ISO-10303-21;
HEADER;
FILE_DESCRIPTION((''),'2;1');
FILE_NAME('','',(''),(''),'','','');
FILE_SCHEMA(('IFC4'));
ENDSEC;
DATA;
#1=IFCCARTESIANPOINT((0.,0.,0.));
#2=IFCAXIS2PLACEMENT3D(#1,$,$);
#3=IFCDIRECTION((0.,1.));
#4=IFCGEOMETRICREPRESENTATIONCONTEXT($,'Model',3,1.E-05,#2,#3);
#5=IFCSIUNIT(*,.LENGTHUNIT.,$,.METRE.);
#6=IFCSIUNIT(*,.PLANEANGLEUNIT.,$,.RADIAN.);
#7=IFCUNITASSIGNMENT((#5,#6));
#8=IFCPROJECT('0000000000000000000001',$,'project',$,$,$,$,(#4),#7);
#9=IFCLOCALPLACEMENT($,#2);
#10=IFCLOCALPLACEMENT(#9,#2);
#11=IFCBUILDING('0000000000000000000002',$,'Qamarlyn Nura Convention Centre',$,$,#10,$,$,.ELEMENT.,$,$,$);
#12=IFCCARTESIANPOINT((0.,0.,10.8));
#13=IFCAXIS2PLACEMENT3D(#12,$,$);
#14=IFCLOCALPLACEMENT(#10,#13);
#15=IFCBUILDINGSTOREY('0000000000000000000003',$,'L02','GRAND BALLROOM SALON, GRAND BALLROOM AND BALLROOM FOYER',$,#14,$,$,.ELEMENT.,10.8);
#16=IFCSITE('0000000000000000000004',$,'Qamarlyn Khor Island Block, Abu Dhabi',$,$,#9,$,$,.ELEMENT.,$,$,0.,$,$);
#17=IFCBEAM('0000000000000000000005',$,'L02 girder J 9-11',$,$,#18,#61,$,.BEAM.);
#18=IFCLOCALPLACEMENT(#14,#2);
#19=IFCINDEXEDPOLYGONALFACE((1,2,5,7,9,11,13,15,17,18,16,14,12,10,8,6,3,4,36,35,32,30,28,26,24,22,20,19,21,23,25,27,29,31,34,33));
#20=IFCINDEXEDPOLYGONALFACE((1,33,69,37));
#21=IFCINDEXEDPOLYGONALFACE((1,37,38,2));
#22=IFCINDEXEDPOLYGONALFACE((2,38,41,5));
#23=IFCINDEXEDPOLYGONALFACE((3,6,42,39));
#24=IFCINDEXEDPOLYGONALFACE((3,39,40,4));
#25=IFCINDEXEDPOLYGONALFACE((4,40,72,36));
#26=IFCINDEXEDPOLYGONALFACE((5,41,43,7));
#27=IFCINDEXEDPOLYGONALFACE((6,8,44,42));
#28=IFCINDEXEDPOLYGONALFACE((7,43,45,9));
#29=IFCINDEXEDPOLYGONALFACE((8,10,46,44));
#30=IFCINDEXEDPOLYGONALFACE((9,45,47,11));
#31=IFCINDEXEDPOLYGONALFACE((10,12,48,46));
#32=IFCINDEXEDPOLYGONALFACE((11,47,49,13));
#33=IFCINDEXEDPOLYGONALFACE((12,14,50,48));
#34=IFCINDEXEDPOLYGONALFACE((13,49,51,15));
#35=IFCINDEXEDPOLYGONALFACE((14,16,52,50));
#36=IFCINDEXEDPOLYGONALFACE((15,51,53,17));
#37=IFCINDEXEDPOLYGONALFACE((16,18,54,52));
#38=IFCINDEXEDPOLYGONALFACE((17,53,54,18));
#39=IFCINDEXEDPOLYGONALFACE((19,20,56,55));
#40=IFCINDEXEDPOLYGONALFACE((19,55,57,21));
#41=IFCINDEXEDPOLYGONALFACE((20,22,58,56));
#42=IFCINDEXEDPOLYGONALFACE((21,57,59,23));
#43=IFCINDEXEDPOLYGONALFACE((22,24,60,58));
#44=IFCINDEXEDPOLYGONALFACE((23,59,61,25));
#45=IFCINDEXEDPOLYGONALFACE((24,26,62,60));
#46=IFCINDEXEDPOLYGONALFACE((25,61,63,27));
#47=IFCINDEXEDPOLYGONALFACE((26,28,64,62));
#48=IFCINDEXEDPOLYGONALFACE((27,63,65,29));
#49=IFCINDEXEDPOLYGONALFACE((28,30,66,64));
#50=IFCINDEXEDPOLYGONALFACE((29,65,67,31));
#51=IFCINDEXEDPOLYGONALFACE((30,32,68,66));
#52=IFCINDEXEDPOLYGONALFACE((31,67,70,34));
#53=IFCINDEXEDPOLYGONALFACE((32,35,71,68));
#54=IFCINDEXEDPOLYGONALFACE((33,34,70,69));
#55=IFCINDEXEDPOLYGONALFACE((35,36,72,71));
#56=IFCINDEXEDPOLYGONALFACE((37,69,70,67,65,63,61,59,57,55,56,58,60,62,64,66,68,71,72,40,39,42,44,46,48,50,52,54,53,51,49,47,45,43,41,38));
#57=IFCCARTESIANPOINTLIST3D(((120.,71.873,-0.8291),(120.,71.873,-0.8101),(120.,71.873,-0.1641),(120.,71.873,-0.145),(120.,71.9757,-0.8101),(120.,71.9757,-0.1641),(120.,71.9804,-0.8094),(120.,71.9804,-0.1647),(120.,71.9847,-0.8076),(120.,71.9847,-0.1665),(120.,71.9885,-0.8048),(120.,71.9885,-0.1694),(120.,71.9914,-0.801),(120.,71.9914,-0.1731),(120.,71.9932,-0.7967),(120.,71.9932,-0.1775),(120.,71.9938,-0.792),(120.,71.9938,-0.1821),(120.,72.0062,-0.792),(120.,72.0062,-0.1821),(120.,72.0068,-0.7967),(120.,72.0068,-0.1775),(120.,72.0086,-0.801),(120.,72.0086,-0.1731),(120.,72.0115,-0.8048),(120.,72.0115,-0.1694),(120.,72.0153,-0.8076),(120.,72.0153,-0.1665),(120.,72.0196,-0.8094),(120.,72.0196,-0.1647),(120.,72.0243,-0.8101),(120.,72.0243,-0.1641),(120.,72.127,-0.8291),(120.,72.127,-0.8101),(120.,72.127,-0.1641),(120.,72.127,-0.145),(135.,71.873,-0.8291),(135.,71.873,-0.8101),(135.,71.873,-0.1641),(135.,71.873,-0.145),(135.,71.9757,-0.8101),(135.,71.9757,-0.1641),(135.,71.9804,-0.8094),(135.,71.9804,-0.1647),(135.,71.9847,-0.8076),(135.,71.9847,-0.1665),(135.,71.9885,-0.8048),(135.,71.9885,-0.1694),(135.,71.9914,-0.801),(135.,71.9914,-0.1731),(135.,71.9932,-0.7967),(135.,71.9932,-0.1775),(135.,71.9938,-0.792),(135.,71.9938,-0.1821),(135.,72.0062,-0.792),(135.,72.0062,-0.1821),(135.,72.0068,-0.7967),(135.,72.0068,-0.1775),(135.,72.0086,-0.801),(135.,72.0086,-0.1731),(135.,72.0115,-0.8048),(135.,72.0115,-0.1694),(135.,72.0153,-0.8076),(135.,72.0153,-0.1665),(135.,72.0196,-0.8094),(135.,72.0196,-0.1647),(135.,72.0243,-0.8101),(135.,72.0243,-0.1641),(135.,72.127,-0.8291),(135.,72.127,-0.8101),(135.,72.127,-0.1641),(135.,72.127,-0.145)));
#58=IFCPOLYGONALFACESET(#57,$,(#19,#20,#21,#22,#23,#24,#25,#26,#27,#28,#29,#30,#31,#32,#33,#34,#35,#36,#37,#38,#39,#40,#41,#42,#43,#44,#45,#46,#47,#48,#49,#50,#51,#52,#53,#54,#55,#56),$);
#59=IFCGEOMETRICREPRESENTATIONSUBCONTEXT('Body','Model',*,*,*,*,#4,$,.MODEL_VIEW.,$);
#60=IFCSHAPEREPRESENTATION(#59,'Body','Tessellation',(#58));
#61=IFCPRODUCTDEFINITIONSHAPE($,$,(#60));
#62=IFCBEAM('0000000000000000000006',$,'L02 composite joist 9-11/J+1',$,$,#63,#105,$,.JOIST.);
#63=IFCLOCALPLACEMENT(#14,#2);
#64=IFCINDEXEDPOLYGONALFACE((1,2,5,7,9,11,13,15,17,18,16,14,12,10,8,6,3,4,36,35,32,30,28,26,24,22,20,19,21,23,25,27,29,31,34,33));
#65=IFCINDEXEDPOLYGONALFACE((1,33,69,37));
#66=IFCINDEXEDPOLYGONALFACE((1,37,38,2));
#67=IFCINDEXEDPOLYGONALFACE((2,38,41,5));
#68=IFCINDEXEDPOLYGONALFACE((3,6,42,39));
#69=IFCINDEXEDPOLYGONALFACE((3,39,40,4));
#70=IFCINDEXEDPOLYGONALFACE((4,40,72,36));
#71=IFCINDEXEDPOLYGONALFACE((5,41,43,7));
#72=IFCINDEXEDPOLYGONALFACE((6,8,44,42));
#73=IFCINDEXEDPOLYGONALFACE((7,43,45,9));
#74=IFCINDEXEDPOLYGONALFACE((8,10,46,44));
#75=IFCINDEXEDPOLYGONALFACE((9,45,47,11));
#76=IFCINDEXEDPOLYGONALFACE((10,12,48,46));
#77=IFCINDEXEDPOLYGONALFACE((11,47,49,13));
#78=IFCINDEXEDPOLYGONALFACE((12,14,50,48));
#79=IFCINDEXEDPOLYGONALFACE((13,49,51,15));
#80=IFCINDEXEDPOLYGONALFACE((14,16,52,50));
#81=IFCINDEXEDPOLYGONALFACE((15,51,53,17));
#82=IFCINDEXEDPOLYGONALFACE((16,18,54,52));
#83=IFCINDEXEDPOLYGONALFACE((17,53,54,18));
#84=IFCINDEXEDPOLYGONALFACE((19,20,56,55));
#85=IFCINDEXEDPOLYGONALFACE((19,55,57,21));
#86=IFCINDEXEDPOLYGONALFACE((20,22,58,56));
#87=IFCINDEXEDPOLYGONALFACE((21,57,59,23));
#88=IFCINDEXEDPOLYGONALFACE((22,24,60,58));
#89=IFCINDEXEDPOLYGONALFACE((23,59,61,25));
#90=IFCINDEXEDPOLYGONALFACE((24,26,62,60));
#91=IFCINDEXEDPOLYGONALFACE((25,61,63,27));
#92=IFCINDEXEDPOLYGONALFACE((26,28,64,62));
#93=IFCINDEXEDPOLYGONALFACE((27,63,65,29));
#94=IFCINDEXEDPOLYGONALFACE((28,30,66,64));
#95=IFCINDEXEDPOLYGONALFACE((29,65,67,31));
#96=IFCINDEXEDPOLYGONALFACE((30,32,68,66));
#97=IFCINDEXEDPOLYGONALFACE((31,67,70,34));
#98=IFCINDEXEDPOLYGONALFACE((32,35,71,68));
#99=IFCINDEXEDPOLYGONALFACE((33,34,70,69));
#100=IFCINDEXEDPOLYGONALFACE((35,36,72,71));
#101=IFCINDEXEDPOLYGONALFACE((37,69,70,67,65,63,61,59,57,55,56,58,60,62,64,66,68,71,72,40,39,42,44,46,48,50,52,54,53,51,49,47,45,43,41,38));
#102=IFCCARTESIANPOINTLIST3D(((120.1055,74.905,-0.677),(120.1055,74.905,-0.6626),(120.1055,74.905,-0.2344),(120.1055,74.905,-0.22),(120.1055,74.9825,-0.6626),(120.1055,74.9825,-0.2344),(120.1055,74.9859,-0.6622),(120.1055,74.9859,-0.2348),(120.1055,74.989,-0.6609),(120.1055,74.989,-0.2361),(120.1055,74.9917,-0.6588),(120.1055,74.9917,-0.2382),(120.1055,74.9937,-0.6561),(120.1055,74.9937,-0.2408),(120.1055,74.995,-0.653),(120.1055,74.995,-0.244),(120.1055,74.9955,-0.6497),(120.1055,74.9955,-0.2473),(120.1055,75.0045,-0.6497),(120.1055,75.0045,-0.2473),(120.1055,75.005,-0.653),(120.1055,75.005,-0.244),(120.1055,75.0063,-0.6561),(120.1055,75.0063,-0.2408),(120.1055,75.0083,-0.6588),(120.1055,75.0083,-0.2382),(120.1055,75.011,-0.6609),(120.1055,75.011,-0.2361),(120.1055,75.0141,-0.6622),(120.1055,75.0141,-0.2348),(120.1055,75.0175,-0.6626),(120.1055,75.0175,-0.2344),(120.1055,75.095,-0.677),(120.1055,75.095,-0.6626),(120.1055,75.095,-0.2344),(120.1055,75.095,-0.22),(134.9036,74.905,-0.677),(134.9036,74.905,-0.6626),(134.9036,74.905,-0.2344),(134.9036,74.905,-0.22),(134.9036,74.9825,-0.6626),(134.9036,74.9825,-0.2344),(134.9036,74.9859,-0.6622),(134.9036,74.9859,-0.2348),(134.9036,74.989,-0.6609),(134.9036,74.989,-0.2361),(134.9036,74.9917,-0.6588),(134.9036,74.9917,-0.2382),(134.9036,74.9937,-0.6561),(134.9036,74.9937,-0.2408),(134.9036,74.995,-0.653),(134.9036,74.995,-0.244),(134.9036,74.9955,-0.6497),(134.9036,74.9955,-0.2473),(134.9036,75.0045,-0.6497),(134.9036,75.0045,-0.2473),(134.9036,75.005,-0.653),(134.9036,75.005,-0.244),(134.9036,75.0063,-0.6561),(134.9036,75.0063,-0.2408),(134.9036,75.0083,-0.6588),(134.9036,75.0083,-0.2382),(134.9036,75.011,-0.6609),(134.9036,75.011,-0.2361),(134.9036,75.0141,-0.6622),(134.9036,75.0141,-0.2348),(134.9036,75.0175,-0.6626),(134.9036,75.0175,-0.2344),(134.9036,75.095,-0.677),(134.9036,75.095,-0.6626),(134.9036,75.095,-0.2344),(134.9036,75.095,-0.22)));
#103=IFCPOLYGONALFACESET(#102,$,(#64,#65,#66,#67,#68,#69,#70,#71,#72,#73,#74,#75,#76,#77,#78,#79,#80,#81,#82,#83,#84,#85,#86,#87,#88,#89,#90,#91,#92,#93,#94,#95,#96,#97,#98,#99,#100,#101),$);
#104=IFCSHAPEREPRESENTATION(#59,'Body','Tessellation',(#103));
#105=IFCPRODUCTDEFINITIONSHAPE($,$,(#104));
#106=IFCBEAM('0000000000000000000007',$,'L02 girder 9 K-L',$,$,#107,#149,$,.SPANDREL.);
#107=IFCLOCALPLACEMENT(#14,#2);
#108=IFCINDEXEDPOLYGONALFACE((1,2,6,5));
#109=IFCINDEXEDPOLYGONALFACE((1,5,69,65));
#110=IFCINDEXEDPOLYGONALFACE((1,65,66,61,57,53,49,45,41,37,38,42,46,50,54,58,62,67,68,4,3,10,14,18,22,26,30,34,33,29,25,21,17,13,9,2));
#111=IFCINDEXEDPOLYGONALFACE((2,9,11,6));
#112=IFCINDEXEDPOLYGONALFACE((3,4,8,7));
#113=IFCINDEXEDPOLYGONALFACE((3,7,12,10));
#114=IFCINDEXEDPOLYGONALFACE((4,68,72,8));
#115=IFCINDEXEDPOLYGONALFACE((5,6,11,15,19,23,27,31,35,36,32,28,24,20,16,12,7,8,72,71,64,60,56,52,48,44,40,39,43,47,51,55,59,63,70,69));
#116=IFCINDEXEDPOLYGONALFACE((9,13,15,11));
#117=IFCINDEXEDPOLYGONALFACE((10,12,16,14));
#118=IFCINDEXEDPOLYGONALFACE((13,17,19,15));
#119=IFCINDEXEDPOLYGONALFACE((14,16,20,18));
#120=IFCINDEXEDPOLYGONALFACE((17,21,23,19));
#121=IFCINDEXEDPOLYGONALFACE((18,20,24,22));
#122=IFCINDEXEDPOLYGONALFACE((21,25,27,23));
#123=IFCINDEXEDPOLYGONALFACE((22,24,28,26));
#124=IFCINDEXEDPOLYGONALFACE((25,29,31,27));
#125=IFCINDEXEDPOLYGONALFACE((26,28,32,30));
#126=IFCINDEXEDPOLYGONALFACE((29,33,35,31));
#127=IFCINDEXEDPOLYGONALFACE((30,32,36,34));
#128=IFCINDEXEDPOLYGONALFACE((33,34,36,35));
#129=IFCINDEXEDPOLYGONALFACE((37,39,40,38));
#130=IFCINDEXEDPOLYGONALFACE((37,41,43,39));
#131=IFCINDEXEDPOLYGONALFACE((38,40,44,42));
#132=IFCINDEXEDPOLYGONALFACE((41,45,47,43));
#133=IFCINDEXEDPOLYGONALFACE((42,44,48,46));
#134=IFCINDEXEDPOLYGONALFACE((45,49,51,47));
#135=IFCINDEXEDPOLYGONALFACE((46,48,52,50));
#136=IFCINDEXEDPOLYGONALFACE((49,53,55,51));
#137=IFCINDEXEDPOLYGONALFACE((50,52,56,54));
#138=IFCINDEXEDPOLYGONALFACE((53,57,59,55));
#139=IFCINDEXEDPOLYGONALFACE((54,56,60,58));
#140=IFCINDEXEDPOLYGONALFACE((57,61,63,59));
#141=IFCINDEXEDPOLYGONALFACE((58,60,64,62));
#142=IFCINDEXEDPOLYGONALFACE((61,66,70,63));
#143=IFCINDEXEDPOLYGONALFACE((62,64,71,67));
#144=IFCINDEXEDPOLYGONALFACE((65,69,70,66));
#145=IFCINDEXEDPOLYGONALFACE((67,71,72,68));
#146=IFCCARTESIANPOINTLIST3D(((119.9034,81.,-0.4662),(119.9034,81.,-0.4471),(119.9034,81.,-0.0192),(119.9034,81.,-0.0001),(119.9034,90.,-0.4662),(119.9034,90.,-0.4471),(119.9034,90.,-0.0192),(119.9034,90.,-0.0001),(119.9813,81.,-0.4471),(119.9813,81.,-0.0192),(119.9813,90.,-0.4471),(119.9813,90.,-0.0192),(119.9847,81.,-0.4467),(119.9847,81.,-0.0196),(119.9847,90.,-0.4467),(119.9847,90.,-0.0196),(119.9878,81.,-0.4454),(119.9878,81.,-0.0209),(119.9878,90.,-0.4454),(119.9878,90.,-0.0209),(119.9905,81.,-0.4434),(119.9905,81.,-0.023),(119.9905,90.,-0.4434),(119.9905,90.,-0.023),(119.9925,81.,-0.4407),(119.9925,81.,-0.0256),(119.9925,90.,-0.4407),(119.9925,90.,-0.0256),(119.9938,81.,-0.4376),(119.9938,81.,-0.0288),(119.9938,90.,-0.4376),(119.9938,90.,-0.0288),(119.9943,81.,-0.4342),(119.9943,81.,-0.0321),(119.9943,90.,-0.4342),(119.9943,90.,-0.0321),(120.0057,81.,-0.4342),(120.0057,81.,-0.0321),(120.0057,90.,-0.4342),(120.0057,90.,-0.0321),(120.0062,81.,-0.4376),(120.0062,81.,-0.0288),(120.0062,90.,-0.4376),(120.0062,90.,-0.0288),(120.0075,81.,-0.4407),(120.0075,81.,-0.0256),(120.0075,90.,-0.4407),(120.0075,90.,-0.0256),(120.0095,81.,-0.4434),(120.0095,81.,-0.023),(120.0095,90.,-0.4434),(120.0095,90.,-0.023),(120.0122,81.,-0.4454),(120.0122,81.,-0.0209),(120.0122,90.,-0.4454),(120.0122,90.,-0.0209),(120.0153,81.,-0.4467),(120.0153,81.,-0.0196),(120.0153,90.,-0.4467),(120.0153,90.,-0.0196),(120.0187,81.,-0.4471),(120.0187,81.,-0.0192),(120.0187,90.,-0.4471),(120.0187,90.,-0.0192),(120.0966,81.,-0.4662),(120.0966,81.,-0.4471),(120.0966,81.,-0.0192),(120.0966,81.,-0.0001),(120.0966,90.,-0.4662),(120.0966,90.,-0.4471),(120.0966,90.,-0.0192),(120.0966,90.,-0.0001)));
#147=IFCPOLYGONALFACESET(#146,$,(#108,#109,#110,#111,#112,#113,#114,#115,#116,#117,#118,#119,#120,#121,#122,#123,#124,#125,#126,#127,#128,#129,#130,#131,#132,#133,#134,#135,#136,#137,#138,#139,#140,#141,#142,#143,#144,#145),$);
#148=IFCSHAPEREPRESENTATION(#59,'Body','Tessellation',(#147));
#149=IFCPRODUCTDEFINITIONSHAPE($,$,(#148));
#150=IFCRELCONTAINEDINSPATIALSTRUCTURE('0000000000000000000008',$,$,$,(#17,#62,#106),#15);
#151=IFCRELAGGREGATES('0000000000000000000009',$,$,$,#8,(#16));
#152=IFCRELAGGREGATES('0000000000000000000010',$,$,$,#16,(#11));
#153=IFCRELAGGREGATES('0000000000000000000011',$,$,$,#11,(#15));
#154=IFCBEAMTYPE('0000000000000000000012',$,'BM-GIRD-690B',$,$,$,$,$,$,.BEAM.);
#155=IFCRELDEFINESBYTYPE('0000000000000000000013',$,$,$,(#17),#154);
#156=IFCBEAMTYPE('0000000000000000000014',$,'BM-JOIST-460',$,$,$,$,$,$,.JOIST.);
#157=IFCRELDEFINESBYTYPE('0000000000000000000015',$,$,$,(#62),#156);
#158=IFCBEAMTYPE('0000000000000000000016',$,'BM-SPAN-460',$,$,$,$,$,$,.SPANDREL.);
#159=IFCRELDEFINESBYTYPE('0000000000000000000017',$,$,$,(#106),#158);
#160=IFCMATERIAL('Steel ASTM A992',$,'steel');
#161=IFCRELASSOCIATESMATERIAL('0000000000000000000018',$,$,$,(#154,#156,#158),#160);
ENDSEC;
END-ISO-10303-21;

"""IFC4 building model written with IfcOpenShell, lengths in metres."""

from ifc_helpers import new_model, si_unit, direction, frame, origin, origin_2d, place, context, subcontext, project, spatial, i_section, extrude, material, material_profile, profile_set, type_object, element, save


model = new_model("IFC4")

# Units and contexts
model_context = context("Model", 3, precision=1e-05, world=origin(), true_north=direction((0.0, 1.0)))
body_context = subcontext(model_context, "Body", "Model", "MODEL_VIEW")
ifc_project = project(units=[si_unit("LENGTHUNIT", "METRE"), si_unit("PLANEANGLEUNIT", "RADIAN")], contexts=[model_context])

# Site, building, storey
site_placement = place(None, origin())
site = spatial("IfcSite", under=ifc_project, at=site_placement, Name="Qamarlyn Khor Island Block, Abu Dhabi", CompositionType="ELEMENT", RefElevation=0.0)
building_placement = place(site_placement, origin())
building = spatial("IfcBuilding", under=site, at=building_placement, Name="Qamarlyn Nura Convention Centre", CompositionType="ELEMENT")
storey_placement = place(building_placement, frame((0.0, 0.0, 10.8)))
storey = spatial("IfcBuildingStorey", under=building, at=storey_placement, Name="L02", Description="GRAND BALLROOM SALON, GRAND BALLROOM AND BALLROOM FOYER", CompositionType="ELEMENT", Elevation=10.8)

# Beams
ifc_material_1 = material(Name="Steel ASTM A992", Category="steel")
ifc_material_profile_1 = material_profile(ifc_material_1, i_section(OverallWidth=0.2539, OverallDepth=0.6841, WebThickness=0.0125, FlangeThickness=0.019, FilletRadius=0.0181, at=origin_2d()), Name="W690X140")
ifc_profile_set_1 = profile_set([ifc_material_profile_1], Name="Steel ASTM A992")
beam_type_1 = type_object("IfcBeamType", Name="BM-GIRD-690B", PredefinedType="BEAM", material=ifc_profile_set_1)
beam_1_placement = place(storey_placement, frame((120.0, 72.0, -0.4871), z_axis=(1.0, 0.0, 0.0), x_axis=(0.0, 1.0, 0.0)))
element("IfcBeam", 1, at=beam_1_placement, inside=storey, type_object=beam_type_1, Name="L02 girder J 9-11", PredefinedType="BEAM", context=body_context, shape_type="SweptSolid", body=[
    extrude(i_section(OverallWidth=0.2539, OverallDepth=0.6841, WebThickness=0.0125, FlangeThickness=0.019, FilletRadius=0.0181, at=origin_2d()), origin(), (0.0, 0.0, 1.0), 15.0),
])
ifc_material_profile_2 = material_profile(ifc_material_1, i_section(OverallWidth=0.1899, OverallDepth=0.457, WebThickness=0.009, FlangeThickness=0.0144, FilletRadius=0.0129, at=origin_2d()), Name="W460X74")
ifc_profile_set_2 = profile_set([ifc_material_profile_2], Name="Steel ASTM A992")
beam_type_2 = type_object("IfcBeamType", Name="BM-JOIST-460", PredefinedType="JOIST", material=ifc_profile_set_2)
beam_2_placement = place(storey_placement, frame((120.1055, 75.0, -0.4485), z_axis=(1.0, 0.0, 0.0), x_axis=(0.0, 1.0, 0.0)))
element("IfcBeam", 2, at=beam_2_placement, inside=storey, type_object=beam_type_2, Name="L02 composite joist 9-11/J+1", PredefinedType="JOIST", context=body_context, shape_type="SweptSolid", body=[
    extrude(i_section(OverallWidth=0.1899, OverallDepth=0.457, WebThickness=0.009, FlangeThickness=0.0144, FilletRadius=0.0129, at=origin_2d()), origin(), (0.0, 0.0, 1.0), 14.7981),
])
ifc_material_profile_3 = material_profile(ifc_material_1, i_section(OverallWidth=0.1931, OverallDepth=0.4661, WebThickness=0.0115, FlangeThickness=0.019, FilletRadius=0.0129, at=origin_2d()), Name="W460X97")
ifc_profile_set_3 = profile_set([ifc_material_profile_3], Name="Steel ASTM A992")
beam_type_3 = type_object("IfcBeamType", Name="BM-SPAN-460", PredefinedType="SPANDREL", material=ifc_profile_set_3)
beam_3_placement = place(storey_placement, frame((120.0, 81.0, -0.2332), z_axis=(0.0, 1.0, 0.0), x_axis=(-1.0, 0.0, 0.0)))
element("IfcBeam", 3, at=beam_3_placement, inside=storey, type_object=beam_type_3, Name="L02 girder 9 K-L", PredefinedType="SPANDREL", context=body_context, shape_type="SweptSolid", body=[
    extrude(i_section(OverallWidth=0.1931, OverallDepth=0.4661, WebThickness=0.0115, FlangeThickness=0.019, FilletRadius=0.0129, at=origin_2d()), origin(), (0.0, 0.0, 1.0), 9.0),
])

save(model, "model.ifc")
